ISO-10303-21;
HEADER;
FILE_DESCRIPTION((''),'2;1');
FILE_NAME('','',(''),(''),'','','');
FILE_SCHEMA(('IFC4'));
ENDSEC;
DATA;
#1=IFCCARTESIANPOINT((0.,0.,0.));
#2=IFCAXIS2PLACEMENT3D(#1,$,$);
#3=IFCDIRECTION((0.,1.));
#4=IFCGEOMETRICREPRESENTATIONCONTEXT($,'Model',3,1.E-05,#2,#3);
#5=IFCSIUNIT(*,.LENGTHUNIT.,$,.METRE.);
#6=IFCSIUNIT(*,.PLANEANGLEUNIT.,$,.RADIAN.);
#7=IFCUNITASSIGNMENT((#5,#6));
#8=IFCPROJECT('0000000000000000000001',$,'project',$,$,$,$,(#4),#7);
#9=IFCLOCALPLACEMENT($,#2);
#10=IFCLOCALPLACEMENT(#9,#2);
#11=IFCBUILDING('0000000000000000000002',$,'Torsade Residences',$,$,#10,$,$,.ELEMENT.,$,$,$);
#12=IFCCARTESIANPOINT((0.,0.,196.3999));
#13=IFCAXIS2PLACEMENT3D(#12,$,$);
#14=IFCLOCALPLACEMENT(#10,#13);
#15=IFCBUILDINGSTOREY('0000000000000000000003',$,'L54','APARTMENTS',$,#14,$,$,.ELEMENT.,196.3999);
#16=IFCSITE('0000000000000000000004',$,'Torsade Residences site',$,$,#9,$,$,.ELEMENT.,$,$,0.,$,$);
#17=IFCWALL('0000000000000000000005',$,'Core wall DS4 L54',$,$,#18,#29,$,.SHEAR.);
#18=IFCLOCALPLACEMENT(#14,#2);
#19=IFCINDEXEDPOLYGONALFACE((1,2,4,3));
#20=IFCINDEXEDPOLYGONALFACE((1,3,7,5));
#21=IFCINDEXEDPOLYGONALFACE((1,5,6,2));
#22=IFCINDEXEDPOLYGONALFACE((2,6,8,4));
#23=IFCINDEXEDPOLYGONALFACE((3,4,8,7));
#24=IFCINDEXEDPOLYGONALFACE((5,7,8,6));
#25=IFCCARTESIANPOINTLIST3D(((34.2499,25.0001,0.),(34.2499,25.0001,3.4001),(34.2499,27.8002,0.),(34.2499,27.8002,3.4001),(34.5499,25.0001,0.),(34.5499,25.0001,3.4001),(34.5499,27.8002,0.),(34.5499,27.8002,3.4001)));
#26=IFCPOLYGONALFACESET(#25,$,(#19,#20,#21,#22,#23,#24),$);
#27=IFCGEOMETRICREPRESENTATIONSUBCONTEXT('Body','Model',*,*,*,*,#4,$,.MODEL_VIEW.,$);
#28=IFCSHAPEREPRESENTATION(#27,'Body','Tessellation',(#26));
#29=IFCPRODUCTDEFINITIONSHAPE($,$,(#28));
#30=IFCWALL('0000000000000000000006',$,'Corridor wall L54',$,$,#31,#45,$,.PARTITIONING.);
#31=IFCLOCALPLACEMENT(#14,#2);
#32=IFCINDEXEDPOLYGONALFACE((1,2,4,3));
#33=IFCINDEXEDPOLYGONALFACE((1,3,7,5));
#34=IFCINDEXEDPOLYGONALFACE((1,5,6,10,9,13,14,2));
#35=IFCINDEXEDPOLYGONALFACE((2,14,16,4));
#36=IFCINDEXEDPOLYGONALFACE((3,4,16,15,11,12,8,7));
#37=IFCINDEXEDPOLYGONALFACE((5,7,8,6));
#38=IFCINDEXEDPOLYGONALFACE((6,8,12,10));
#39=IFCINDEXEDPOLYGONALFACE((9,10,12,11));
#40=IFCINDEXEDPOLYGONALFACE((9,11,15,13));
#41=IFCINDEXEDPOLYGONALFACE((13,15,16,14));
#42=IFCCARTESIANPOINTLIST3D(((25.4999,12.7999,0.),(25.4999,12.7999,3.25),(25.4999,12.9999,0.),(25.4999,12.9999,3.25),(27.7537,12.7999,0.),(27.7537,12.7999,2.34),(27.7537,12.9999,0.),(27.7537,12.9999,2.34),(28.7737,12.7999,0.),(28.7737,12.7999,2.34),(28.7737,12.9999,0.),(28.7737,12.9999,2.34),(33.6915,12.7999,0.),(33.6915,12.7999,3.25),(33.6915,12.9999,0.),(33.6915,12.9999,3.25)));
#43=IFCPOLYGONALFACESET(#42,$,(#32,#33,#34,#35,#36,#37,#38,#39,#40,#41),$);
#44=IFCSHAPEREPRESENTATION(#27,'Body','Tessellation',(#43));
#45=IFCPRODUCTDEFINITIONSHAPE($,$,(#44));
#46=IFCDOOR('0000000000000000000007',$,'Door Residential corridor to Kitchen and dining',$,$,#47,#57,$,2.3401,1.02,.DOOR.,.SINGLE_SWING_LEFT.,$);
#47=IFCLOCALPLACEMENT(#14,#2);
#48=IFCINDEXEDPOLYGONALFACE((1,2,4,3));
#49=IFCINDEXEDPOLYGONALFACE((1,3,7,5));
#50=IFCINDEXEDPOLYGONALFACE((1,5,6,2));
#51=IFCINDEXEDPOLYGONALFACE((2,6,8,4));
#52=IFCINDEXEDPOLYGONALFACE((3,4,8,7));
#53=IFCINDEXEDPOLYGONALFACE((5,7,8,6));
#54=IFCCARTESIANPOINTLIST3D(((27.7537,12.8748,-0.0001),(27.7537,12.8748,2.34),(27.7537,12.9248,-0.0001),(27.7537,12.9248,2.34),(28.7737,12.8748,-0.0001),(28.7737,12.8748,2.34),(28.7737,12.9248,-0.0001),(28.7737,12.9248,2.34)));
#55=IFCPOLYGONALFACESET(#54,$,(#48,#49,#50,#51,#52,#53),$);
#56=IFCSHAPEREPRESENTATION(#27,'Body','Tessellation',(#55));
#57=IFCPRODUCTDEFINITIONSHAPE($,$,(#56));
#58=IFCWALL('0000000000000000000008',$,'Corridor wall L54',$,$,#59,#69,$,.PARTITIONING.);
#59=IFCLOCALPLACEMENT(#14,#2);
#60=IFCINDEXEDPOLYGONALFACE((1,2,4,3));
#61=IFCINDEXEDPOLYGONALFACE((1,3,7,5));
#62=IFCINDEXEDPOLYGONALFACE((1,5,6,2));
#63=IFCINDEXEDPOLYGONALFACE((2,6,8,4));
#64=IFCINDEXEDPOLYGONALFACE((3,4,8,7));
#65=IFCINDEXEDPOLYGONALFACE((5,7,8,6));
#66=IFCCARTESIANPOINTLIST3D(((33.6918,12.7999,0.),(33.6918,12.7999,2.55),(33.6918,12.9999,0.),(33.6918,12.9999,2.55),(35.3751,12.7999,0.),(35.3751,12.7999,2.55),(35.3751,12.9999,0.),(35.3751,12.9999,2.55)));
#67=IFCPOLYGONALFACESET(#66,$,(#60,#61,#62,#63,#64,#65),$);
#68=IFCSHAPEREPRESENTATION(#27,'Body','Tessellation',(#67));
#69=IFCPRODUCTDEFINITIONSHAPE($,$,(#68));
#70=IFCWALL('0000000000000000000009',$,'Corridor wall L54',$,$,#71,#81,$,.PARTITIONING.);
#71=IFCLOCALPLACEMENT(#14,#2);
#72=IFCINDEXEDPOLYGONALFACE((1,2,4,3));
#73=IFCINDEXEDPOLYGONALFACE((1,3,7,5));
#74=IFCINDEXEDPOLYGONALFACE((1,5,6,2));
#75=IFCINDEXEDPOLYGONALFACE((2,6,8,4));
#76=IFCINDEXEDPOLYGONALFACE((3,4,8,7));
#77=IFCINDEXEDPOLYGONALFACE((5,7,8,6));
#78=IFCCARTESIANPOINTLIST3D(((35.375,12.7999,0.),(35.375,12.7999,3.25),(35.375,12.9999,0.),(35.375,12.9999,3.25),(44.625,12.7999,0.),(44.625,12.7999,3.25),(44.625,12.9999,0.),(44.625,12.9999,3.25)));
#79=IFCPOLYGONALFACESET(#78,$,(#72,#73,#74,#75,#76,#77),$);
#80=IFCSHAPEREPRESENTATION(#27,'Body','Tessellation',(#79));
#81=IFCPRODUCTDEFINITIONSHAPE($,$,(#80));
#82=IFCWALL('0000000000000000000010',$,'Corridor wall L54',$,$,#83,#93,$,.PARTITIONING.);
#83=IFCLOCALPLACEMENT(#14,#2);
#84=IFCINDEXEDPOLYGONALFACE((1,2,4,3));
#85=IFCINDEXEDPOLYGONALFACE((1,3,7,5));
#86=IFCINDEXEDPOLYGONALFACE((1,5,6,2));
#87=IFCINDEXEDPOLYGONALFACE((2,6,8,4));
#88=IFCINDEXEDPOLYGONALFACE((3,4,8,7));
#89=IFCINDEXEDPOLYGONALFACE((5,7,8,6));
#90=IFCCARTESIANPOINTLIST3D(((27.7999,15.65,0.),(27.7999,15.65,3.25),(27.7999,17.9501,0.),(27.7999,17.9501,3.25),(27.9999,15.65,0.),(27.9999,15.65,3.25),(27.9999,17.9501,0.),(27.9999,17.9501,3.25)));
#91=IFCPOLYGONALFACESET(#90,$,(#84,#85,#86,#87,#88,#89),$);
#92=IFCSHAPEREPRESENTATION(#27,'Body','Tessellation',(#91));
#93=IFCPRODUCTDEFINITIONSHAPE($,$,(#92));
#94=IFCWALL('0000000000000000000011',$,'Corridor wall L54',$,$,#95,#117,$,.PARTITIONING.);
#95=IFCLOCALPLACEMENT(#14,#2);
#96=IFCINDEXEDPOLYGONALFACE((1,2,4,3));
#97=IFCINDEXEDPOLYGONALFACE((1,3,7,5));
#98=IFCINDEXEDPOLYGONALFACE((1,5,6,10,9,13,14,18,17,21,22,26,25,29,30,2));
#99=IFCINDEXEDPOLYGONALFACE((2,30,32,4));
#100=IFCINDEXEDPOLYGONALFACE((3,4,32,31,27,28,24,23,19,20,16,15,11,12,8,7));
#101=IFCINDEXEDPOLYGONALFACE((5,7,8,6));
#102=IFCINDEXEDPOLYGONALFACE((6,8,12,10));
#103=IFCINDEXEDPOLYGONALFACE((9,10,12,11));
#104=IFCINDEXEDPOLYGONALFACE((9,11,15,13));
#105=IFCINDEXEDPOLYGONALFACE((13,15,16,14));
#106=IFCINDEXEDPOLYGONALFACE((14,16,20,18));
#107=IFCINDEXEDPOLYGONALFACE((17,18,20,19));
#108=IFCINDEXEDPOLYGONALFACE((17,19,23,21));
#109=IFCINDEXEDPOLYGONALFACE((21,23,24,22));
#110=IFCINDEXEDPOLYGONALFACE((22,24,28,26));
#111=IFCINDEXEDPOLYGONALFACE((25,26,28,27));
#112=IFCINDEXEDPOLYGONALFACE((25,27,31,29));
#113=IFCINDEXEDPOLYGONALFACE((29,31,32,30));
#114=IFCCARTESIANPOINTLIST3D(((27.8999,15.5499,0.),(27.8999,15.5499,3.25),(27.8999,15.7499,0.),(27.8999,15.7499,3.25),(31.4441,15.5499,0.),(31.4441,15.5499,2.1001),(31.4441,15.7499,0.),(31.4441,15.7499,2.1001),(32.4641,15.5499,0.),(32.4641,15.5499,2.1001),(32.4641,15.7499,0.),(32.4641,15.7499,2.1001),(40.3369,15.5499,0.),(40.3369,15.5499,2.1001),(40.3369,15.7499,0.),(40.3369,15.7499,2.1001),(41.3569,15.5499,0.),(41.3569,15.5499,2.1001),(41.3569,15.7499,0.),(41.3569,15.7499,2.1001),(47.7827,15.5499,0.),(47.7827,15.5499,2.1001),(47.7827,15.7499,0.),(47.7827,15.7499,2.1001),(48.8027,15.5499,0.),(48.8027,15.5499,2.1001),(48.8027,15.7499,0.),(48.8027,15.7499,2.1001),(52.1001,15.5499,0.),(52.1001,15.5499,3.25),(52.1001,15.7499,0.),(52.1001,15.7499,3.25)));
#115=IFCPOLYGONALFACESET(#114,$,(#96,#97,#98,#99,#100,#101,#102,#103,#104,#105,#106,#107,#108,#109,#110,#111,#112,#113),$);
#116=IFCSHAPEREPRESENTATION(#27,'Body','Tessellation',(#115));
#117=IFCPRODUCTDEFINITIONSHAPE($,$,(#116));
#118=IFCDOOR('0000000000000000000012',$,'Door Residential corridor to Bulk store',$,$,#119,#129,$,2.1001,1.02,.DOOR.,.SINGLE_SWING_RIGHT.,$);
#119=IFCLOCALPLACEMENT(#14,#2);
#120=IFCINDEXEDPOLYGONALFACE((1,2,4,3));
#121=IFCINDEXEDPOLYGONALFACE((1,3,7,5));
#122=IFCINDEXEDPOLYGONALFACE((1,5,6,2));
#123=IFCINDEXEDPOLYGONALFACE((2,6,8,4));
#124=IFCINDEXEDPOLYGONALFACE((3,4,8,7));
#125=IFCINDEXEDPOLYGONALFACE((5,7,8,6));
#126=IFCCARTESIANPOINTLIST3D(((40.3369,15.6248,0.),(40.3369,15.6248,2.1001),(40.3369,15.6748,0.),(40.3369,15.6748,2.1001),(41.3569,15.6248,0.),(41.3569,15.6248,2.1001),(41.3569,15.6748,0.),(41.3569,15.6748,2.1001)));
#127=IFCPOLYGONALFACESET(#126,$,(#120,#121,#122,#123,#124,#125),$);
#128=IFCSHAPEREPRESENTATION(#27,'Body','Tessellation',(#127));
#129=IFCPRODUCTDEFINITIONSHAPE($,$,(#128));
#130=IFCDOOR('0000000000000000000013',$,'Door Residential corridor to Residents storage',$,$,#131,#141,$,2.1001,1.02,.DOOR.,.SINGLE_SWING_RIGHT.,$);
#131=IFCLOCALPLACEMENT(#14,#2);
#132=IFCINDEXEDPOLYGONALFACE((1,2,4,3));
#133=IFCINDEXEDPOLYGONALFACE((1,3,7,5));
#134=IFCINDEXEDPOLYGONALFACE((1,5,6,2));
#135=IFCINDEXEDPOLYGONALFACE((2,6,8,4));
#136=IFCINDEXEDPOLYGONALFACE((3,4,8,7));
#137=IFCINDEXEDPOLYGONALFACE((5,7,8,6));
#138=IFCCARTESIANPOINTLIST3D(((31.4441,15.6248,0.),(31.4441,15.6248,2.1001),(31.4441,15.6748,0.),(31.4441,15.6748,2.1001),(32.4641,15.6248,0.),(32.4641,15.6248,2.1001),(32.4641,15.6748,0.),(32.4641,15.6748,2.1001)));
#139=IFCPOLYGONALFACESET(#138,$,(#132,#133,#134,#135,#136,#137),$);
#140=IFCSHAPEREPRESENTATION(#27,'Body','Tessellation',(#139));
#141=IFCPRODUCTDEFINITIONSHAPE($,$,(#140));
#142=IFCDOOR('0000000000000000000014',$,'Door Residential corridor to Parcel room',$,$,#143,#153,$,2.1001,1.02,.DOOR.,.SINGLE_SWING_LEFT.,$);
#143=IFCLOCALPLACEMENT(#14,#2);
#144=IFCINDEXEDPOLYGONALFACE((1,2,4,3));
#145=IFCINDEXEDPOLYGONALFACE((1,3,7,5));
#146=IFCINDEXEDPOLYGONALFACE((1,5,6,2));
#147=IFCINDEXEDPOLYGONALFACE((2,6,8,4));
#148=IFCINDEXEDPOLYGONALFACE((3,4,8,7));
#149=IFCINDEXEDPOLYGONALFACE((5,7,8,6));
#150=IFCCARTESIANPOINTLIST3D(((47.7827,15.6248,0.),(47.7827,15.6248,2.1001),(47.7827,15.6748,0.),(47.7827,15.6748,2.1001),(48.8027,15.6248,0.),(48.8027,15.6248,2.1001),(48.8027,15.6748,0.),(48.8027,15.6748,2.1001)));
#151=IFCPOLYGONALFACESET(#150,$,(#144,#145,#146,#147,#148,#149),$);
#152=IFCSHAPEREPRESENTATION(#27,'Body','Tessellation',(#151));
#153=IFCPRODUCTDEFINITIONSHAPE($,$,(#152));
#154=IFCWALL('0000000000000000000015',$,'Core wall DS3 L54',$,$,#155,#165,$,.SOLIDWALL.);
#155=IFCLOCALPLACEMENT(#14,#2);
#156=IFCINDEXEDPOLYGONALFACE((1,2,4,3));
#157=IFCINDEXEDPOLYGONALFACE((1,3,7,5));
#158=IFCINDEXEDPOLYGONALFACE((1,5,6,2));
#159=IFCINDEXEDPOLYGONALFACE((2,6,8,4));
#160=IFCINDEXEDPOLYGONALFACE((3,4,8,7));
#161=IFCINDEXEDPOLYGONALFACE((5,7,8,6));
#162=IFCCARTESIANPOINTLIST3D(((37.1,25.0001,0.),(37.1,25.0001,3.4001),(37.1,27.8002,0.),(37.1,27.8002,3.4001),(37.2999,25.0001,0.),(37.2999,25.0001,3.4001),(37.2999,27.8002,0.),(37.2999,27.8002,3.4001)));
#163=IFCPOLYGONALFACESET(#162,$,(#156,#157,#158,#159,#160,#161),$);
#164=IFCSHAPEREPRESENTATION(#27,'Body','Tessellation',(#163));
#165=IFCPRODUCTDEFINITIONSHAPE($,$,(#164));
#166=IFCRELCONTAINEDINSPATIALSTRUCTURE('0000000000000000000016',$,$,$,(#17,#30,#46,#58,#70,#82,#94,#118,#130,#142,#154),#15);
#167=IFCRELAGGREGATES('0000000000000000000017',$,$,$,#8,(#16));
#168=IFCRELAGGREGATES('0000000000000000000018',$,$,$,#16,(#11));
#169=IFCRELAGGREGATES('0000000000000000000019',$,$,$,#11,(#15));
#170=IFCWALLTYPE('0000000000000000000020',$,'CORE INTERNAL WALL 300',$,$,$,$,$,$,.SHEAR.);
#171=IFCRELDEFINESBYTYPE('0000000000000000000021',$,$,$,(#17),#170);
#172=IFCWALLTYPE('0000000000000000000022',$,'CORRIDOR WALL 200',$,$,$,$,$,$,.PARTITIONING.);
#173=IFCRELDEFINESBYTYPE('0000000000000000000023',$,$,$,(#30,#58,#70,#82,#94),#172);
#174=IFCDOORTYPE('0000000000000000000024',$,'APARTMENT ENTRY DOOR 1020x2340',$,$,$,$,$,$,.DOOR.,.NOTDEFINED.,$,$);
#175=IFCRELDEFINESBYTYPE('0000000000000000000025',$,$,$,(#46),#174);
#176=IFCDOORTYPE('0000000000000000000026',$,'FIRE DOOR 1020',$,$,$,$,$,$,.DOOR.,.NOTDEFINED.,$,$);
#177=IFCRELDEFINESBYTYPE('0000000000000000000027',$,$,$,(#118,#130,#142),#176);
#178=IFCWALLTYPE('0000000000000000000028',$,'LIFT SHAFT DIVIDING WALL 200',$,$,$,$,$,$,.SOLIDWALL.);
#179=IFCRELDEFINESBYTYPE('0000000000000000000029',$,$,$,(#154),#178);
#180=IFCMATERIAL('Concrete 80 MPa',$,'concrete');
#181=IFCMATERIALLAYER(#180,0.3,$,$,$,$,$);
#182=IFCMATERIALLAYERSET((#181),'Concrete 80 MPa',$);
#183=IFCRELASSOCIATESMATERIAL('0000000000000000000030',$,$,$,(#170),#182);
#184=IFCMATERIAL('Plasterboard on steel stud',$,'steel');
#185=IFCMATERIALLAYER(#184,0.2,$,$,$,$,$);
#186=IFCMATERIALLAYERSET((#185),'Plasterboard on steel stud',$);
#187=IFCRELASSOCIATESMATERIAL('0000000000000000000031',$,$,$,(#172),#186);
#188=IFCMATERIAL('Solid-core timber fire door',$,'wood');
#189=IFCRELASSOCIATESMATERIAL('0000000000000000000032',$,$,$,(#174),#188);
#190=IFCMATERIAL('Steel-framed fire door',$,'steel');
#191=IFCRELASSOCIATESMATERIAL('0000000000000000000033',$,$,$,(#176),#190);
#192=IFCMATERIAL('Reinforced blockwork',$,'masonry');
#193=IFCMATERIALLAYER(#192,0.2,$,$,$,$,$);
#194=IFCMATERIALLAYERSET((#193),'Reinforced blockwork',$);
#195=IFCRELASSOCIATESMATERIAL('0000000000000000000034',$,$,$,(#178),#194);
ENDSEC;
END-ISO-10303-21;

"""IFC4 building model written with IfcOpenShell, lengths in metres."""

from ifc_helpers import new_model, si_unit, direction, frame, frame_2d, origin, place, context, subcontext, project, spatial, rectangle, extrude, material, layer, layer_set, type_object, element, fill, save


model = new_model("IFC4")

# Units and contexts
model_context = context("Model", 3, precision=1e-05, world=origin(), true_north=direction((0.0, 1.0)))
body_context = subcontext(model_context, "Body", "Model", "MODEL_VIEW")
ifc_project = project(units=[si_unit("LENGTHUNIT", "METRE"), si_unit("PLANEANGLEUNIT", "RADIAN")], contexts=[model_context])

# Site, building, storey
site_placement = place(None, origin())
site = spatial("IfcSite", under=ifc_project, at=site_placement, Name="Torsade Residences site", CompositionType="ELEMENT", RefElevation=0.0)
building_placement = place(site_placement, origin())
building = spatial("IfcBuilding", under=site, at=building_placement, Name="Torsade Residences", CompositionType="ELEMENT")
storey_placement = place(building_placement, frame((0.0, 0.0, 196.3999)))
storey = spatial("IfcBuildingStorey", under=building, at=storey_placement, Name="L54", Description="APARTMENTS", CompositionType="ELEMENT", Elevation=196.3999)

# Wall
ifc_material_1 = material(Name="Concrete 80 MPa", Category="concrete")
ifc_layer_1 = layer(ifc_material_1, 0.3)
ifc_layer_set_1 = layer_set([ifc_layer_1], Name="Concrete 80 MPa")
wall_type_1 = type_object("IfcWallType", Name="CORE INTERNAL WALL 300", PredefinedType="SHEAR", material=ifc_layer_set_1)
wall_1_placement = place(storey_placement, frame((34.3999, 27.8, 0.0), z_axis=(0.0, 0.0, 1.0), x_axis=(0.0, -1.0, 0.0)))
element("IfcWall", 1, at=wall_1_placement, inside=storey, type_object=wall_type_1, Name="Core wall DS4 L54", PredefinedType="SHEAR", context=body_context, shape_type="SweptSolid", body=[
    extrude(rectangle(XDim=2.8, YDim=0.3, at=frame_2d((1.3999, 0.0))), origin(), (0.0, 0.0, 1.0), 3.4001),
])

# Wall, opening, door
ifc_material_2 = material(Name="Plasterboard on steel stud", Category="steel")
ifc_layer_2 = layer(ifc_material_2, 0.2)
ifc_layer_set_2 = layer_set([ifc_layer_2], Name="Plasterboard on steel stud")
wall_type_2 = type_object("IfcWallType", Name="CORRIDOR WALL 200", PredefinedType="PARTITIONING", material=ifc_layer_set_2)
wall_2_placement = place(storey_placement, frame((25.5, 12.8999, 0.0), z_axis=(0.0, 0.0, 1.0), x_axis=(1.0, 0.0, 0.0)))
wall_2 = element("IfcWall", 2, at=wall_2_placement, inside=storey, type_object=wall_type_2, Name="Corridor wall L54", PredefinedType="PARTITIONING", context=body_context, shape_type="SweptSolid", body=[
    extrude(rectangle(XDim=8.1917, YDim=0.2, at=frame_2d((4.0957, 0.0))), origin(), (0.0, 0.0, 1.0), 3.25),
])
opening_1_placement = place(wall_2_placement, frame((2.2537, 0.0, 0.0)))
opening_1 = element("IfcOpeningElement", 3, at=opening_1_placement, cuts=wall_2, PredefinedType="OPENING", context=body_context, shape_type="SweptSolid", body=[
    extrude(rectangle(XDim=1.02, YDim=2.3401, at=frame_2d((0.51, 1.1699))), frame((0.0, 0.1099, 0.0), z_axis=(0.0, -1.0, 0.0), x_axis=(1.0, 0.0, 0.0)), (0.0, 0.0, 1.0), 0.22),
])
ifc_material_3 = material(Name="Solid-core timber fire door", Category="wood")
door_type_1 = type_object("IfcDoorType", Name="APARTMENT ENTRY DOOR 1020x2340", OperationType="NOTDEFINED", PredefinedType="DOOR", material=ifc_material_3)
door_1_placement = place(opening_1_placement, origin())
door_1 = element("IfcDoor", 4, at=door_1_placement, inside=storey, type_object=door_type_1, Name="Door Residential corridor to Kitchen and dining", OperationType="SINGLE_SWING_LEFT", OverallHeight=2.3401, OverallWidth=1.02, PredefinedType="DOOR", context=body_context, shape_type="SweptSolid", body=[
    extrude(rectangle(XDim=1.02, YDim=2.3401, at=frame_2d((0.51, 1.1699))), frame((0.0, 0.0249, 0.0), z_axis=(0.0, -1.0, 0.0), x_axis=(1.0, 0.0, 0.0)), (0.0, 0.0, 1.0), 0.05),
])
fill(opening_1, door_1)

# Walls
wall_3_placement = place(storey_placement, frame((33.6917, 12.8999, 0.0), z_axis=(0.0, 0.0, 1.0), x_axis=(1.0, 0.0, 0.0)))
element("IfcWall", 5, at=wall_3_placement, inside=storey, type_object=wall_type_2, Name="Corridor wall L54", PredefinedType="PARTITIONING", context=body_context, shape_type="SweptSolid", body=[
    extrude(rectangle(XDim=1.6833, YDim=0.2, at=frame_2d((0.8418, 0.0))), origin(), (0.0, 0.0, 1.0), 2.55),
])
wall_4_placement = place(storey_placement, frame((35.375, 12.8999, 0.0), z_axis=(0.0, 0.0, 1.0), x_axis=(1.0, 0.0, 0.0)))
element("IfcWall", 6, at=wall_4_placement, inside=storey, type_object=wall_type_2, Name="Corridor wall L54", PredefinedType="PARTITIONING", context=body_context, shape_type="SweptSolid", body=[
    extrude(rectangle(XDim=9.25, YDim=0.2, at=frame_2d((4.625, 0.0))), origin(), (0.0, 0.0, 1.0), 3.25),
])
wall_5_placement = place(storey_placement, frame((27.8999, 17.95, 0.0), z_axis=(0.0, 0.0, 1.0), x_axis=(0.0, -1.0, 0.0)))
element("IfcWall", 7, at=wall_5_placement, inside=storey, type_object=wall_type_2, Name="Corridor wall L54", PredefinedType="PARTITIONING", context=body_context, shape_type="SweptSolid", body=[
    extrude(rectangle(XDim=2.3, YDim=0.2, at=frame_2d((1.1499, 0.0))), origin(), (0.0, 0.0, 1.0), 3.25),
])

# Wall, openings, doors
wall_6_placement = place(storey_placement, frame((27.8999, 15.6499, 0.0), z_axis=(0.0, 0.0, 1.0), x_axis=(1.0, 0.0, 0.0)))
wall_6 = element("IfcWall", 8, at=wall_6_placement, inside=storey, type_object=wall_type_2, Name="Corridor wall L54", PredefinedType="PARTITIONING", context=body_context, shape_type="SweptSolid", body=[
    extrude(rectangle(XDim=24.2002, YDim=0.2, at=frame_2d((12.1001, 0.0))), origin(), (0.0, 0.0, 1.0), 3.25),
])
opening_2_placement = place(wall_6_placement, frame((12.437, 0.0, 0.0)))
opening_2 = element("IfcOpeningElement", 9, at=opening_2_placement, cuts=wall_6, PredefinedType="OPENING", context=body_context, shape_type="SweptSolid", body=[
    extrude(rectangle(XDim=1.02, YDim=2.1001, at=frame_2d((0.51, 1.05))), frame((0.0, 0.1099, 0.0), z_axis=(0.0, -1.0, 0.0), x_axis=(1.0, 0.0, 0.0)), (0.0, 0.0, 1.0), 0.22),
])
opening_3_placement = place(wall_6_placement, frame((3.5442, 0.0, 0.0)))
opening_3 = element("IfcOpeningElement", 10, at=opening_3_placement, cuts=wall_6, PredefinedType="OPENING", context=body_context, shape_type="SweptSolid", body=[
    extrude(rectangle(XDim=1.02, YDim=2.1001, at=frame_2d((0.51, 1.05))), frame((0.0, 0.1099, 0.0), z_axis=(0.0, -1.0, 0.0), x_axis=(1.0, 0.0, 0.0)), (0.0, 0.0, 1.0), 0.22),
])
opening_4_placement = place(wall_6_placement, frame((19.8828, 0.0, 0.0)))
opening_4 = element("IfcOpeningElement", 11, at=opening_4_placement, cuts=wall_6, PredefinedType="OPENING", context=body_context, shape_type="SweptSolid", body=[
    extrude(rectangle(XDim=1.02, YDim=2.1001, at=frame_2d((0.51, 1.05))), frame((0.0, 0.1099, 0.0), z_axis=(0.0, -1.0, 0.0), x_axis=(1.0, 0.0, 0.0)), (0.0, 0.0, 1.0), 0.22),
])
ifc_material_4 = material(Name="Steel-framed fire door", Category="steel")
door_type_2 = type_object("IfcDoorType", Name="FIRE DOOR 1020", OperationType="NOTDEFINED", PredefinedType="DOOR", material=ifc_material_4)
door_2_placement = place(opening_2_placement, origin())
door_2 = element("IfcDoor", 12, at=door_2_placement, inside=storey, type_object=door_type_2, Name="Door Residential corridor to Bulk store", OperationType="SINGLE_SWING_RIGHT", OverallHeight=2.1001, OverallWidth=1.02, PredefinedType="DOOR", context=body_context, shape_type="SweptSolid", body=[
    extrude(rectangle(XDim=1.02, YDim=2.1001, at=frame_2d((0.51, 1.05))), frame((0.0, 0.0249, 0.0), z_axis=(0.0, -1.0, 0.0), x_axis=(1.0, 0.0, 0.0)), (0.0, 0.0, 1.0), 0.05),
])
fill(opening_2, door_2)
door_3_placement = place(opening_3_placement, origin())
door_3 = element("IfcDoor", 13, at=door_3_placement, inside=storey, type_object=door_type_2, Name="Door Residential corridor to Residents storage", OperationType="SINGLE_SWING_RIGHT", OverallHeight=2.1001, OverallWidth=1.02, PredefinedType="DOOR", context=body_context, shape_type="SweptSolid", body=[
    extrude(rectangle(XDim=1.02, YDim=2.1001, at=frame_2d((0.51, 1.05))), frame((0.0, 0.0249, 0.0), z_axis=(0.0, -1.0, 0.0), x_axis=(1.0, 0.0, 0.0)), (0.0, 0.0, 1.0), 0.05),
])
fill(opening_3, door_3)
door_4_placement = place(opening_4_placement, origin())
door_4 = element("IfcDoor", 14, at=door_4_placement, inside=storey, type_object=door_type_2, Name="Door Residential corridor to Parcel room", OperationType="SINGLE_SWING_LEFT", OverallHeight=2.1001, OverallWidth=1.02, PredefinedType="DOOR", context=body_context, shape_type="SweptSolid", body=[
    extrude(rectangle(XDim=1.02, YDim=2.1001, at=frame_2d((0.51, 1.05))), frame((0.0, 0.0249, 0.0), z_axis=(0.0, -1.0, 0.0), x_axis=(1.0, 0.0, 0.0)), (0.0, 0.0, 1.0), 0.05),
])
fill(opening_4, door_4)

# Wall
ifc_material_5 = material(Name="Reinforced blockwork", Category="masonry")
ifc_layer_3 = layer(ifc_material_5, 0.2)
ifc_layer_set_3 = layer_set([ifc_layer_3], Name="Reinforced blockwork")
wall_type_3 = type_object("IfcWallType", Name="LIFT SHAFT DIVIDING WALL 200", PredefinedType="SOLIDWALL", material=ifc_layer_set_3)
wall_7_placement = place(storey_placement, frame((37.2, 27.8, 0.0), z_axis=(0.0, 0.0, 1.0), x_axis=(0.0, -1.0, 0.0)))
element("IfcWall", 15, at=wall_7_placement, inside=storey, type_object=wall_type_3, Name="Core wall DS3 L54", PredefinedType="SOLIDWALL", context=body_context, shape_type="SweptSolid", body=[
    extrude(rectangle(XDim=2.8, YDim=0.2, at=frame_2d((1.3999, 0.0))), origin(), (0.0, 0.0, 1.0), 3.4001),
])

save(model, "model.ifc")
